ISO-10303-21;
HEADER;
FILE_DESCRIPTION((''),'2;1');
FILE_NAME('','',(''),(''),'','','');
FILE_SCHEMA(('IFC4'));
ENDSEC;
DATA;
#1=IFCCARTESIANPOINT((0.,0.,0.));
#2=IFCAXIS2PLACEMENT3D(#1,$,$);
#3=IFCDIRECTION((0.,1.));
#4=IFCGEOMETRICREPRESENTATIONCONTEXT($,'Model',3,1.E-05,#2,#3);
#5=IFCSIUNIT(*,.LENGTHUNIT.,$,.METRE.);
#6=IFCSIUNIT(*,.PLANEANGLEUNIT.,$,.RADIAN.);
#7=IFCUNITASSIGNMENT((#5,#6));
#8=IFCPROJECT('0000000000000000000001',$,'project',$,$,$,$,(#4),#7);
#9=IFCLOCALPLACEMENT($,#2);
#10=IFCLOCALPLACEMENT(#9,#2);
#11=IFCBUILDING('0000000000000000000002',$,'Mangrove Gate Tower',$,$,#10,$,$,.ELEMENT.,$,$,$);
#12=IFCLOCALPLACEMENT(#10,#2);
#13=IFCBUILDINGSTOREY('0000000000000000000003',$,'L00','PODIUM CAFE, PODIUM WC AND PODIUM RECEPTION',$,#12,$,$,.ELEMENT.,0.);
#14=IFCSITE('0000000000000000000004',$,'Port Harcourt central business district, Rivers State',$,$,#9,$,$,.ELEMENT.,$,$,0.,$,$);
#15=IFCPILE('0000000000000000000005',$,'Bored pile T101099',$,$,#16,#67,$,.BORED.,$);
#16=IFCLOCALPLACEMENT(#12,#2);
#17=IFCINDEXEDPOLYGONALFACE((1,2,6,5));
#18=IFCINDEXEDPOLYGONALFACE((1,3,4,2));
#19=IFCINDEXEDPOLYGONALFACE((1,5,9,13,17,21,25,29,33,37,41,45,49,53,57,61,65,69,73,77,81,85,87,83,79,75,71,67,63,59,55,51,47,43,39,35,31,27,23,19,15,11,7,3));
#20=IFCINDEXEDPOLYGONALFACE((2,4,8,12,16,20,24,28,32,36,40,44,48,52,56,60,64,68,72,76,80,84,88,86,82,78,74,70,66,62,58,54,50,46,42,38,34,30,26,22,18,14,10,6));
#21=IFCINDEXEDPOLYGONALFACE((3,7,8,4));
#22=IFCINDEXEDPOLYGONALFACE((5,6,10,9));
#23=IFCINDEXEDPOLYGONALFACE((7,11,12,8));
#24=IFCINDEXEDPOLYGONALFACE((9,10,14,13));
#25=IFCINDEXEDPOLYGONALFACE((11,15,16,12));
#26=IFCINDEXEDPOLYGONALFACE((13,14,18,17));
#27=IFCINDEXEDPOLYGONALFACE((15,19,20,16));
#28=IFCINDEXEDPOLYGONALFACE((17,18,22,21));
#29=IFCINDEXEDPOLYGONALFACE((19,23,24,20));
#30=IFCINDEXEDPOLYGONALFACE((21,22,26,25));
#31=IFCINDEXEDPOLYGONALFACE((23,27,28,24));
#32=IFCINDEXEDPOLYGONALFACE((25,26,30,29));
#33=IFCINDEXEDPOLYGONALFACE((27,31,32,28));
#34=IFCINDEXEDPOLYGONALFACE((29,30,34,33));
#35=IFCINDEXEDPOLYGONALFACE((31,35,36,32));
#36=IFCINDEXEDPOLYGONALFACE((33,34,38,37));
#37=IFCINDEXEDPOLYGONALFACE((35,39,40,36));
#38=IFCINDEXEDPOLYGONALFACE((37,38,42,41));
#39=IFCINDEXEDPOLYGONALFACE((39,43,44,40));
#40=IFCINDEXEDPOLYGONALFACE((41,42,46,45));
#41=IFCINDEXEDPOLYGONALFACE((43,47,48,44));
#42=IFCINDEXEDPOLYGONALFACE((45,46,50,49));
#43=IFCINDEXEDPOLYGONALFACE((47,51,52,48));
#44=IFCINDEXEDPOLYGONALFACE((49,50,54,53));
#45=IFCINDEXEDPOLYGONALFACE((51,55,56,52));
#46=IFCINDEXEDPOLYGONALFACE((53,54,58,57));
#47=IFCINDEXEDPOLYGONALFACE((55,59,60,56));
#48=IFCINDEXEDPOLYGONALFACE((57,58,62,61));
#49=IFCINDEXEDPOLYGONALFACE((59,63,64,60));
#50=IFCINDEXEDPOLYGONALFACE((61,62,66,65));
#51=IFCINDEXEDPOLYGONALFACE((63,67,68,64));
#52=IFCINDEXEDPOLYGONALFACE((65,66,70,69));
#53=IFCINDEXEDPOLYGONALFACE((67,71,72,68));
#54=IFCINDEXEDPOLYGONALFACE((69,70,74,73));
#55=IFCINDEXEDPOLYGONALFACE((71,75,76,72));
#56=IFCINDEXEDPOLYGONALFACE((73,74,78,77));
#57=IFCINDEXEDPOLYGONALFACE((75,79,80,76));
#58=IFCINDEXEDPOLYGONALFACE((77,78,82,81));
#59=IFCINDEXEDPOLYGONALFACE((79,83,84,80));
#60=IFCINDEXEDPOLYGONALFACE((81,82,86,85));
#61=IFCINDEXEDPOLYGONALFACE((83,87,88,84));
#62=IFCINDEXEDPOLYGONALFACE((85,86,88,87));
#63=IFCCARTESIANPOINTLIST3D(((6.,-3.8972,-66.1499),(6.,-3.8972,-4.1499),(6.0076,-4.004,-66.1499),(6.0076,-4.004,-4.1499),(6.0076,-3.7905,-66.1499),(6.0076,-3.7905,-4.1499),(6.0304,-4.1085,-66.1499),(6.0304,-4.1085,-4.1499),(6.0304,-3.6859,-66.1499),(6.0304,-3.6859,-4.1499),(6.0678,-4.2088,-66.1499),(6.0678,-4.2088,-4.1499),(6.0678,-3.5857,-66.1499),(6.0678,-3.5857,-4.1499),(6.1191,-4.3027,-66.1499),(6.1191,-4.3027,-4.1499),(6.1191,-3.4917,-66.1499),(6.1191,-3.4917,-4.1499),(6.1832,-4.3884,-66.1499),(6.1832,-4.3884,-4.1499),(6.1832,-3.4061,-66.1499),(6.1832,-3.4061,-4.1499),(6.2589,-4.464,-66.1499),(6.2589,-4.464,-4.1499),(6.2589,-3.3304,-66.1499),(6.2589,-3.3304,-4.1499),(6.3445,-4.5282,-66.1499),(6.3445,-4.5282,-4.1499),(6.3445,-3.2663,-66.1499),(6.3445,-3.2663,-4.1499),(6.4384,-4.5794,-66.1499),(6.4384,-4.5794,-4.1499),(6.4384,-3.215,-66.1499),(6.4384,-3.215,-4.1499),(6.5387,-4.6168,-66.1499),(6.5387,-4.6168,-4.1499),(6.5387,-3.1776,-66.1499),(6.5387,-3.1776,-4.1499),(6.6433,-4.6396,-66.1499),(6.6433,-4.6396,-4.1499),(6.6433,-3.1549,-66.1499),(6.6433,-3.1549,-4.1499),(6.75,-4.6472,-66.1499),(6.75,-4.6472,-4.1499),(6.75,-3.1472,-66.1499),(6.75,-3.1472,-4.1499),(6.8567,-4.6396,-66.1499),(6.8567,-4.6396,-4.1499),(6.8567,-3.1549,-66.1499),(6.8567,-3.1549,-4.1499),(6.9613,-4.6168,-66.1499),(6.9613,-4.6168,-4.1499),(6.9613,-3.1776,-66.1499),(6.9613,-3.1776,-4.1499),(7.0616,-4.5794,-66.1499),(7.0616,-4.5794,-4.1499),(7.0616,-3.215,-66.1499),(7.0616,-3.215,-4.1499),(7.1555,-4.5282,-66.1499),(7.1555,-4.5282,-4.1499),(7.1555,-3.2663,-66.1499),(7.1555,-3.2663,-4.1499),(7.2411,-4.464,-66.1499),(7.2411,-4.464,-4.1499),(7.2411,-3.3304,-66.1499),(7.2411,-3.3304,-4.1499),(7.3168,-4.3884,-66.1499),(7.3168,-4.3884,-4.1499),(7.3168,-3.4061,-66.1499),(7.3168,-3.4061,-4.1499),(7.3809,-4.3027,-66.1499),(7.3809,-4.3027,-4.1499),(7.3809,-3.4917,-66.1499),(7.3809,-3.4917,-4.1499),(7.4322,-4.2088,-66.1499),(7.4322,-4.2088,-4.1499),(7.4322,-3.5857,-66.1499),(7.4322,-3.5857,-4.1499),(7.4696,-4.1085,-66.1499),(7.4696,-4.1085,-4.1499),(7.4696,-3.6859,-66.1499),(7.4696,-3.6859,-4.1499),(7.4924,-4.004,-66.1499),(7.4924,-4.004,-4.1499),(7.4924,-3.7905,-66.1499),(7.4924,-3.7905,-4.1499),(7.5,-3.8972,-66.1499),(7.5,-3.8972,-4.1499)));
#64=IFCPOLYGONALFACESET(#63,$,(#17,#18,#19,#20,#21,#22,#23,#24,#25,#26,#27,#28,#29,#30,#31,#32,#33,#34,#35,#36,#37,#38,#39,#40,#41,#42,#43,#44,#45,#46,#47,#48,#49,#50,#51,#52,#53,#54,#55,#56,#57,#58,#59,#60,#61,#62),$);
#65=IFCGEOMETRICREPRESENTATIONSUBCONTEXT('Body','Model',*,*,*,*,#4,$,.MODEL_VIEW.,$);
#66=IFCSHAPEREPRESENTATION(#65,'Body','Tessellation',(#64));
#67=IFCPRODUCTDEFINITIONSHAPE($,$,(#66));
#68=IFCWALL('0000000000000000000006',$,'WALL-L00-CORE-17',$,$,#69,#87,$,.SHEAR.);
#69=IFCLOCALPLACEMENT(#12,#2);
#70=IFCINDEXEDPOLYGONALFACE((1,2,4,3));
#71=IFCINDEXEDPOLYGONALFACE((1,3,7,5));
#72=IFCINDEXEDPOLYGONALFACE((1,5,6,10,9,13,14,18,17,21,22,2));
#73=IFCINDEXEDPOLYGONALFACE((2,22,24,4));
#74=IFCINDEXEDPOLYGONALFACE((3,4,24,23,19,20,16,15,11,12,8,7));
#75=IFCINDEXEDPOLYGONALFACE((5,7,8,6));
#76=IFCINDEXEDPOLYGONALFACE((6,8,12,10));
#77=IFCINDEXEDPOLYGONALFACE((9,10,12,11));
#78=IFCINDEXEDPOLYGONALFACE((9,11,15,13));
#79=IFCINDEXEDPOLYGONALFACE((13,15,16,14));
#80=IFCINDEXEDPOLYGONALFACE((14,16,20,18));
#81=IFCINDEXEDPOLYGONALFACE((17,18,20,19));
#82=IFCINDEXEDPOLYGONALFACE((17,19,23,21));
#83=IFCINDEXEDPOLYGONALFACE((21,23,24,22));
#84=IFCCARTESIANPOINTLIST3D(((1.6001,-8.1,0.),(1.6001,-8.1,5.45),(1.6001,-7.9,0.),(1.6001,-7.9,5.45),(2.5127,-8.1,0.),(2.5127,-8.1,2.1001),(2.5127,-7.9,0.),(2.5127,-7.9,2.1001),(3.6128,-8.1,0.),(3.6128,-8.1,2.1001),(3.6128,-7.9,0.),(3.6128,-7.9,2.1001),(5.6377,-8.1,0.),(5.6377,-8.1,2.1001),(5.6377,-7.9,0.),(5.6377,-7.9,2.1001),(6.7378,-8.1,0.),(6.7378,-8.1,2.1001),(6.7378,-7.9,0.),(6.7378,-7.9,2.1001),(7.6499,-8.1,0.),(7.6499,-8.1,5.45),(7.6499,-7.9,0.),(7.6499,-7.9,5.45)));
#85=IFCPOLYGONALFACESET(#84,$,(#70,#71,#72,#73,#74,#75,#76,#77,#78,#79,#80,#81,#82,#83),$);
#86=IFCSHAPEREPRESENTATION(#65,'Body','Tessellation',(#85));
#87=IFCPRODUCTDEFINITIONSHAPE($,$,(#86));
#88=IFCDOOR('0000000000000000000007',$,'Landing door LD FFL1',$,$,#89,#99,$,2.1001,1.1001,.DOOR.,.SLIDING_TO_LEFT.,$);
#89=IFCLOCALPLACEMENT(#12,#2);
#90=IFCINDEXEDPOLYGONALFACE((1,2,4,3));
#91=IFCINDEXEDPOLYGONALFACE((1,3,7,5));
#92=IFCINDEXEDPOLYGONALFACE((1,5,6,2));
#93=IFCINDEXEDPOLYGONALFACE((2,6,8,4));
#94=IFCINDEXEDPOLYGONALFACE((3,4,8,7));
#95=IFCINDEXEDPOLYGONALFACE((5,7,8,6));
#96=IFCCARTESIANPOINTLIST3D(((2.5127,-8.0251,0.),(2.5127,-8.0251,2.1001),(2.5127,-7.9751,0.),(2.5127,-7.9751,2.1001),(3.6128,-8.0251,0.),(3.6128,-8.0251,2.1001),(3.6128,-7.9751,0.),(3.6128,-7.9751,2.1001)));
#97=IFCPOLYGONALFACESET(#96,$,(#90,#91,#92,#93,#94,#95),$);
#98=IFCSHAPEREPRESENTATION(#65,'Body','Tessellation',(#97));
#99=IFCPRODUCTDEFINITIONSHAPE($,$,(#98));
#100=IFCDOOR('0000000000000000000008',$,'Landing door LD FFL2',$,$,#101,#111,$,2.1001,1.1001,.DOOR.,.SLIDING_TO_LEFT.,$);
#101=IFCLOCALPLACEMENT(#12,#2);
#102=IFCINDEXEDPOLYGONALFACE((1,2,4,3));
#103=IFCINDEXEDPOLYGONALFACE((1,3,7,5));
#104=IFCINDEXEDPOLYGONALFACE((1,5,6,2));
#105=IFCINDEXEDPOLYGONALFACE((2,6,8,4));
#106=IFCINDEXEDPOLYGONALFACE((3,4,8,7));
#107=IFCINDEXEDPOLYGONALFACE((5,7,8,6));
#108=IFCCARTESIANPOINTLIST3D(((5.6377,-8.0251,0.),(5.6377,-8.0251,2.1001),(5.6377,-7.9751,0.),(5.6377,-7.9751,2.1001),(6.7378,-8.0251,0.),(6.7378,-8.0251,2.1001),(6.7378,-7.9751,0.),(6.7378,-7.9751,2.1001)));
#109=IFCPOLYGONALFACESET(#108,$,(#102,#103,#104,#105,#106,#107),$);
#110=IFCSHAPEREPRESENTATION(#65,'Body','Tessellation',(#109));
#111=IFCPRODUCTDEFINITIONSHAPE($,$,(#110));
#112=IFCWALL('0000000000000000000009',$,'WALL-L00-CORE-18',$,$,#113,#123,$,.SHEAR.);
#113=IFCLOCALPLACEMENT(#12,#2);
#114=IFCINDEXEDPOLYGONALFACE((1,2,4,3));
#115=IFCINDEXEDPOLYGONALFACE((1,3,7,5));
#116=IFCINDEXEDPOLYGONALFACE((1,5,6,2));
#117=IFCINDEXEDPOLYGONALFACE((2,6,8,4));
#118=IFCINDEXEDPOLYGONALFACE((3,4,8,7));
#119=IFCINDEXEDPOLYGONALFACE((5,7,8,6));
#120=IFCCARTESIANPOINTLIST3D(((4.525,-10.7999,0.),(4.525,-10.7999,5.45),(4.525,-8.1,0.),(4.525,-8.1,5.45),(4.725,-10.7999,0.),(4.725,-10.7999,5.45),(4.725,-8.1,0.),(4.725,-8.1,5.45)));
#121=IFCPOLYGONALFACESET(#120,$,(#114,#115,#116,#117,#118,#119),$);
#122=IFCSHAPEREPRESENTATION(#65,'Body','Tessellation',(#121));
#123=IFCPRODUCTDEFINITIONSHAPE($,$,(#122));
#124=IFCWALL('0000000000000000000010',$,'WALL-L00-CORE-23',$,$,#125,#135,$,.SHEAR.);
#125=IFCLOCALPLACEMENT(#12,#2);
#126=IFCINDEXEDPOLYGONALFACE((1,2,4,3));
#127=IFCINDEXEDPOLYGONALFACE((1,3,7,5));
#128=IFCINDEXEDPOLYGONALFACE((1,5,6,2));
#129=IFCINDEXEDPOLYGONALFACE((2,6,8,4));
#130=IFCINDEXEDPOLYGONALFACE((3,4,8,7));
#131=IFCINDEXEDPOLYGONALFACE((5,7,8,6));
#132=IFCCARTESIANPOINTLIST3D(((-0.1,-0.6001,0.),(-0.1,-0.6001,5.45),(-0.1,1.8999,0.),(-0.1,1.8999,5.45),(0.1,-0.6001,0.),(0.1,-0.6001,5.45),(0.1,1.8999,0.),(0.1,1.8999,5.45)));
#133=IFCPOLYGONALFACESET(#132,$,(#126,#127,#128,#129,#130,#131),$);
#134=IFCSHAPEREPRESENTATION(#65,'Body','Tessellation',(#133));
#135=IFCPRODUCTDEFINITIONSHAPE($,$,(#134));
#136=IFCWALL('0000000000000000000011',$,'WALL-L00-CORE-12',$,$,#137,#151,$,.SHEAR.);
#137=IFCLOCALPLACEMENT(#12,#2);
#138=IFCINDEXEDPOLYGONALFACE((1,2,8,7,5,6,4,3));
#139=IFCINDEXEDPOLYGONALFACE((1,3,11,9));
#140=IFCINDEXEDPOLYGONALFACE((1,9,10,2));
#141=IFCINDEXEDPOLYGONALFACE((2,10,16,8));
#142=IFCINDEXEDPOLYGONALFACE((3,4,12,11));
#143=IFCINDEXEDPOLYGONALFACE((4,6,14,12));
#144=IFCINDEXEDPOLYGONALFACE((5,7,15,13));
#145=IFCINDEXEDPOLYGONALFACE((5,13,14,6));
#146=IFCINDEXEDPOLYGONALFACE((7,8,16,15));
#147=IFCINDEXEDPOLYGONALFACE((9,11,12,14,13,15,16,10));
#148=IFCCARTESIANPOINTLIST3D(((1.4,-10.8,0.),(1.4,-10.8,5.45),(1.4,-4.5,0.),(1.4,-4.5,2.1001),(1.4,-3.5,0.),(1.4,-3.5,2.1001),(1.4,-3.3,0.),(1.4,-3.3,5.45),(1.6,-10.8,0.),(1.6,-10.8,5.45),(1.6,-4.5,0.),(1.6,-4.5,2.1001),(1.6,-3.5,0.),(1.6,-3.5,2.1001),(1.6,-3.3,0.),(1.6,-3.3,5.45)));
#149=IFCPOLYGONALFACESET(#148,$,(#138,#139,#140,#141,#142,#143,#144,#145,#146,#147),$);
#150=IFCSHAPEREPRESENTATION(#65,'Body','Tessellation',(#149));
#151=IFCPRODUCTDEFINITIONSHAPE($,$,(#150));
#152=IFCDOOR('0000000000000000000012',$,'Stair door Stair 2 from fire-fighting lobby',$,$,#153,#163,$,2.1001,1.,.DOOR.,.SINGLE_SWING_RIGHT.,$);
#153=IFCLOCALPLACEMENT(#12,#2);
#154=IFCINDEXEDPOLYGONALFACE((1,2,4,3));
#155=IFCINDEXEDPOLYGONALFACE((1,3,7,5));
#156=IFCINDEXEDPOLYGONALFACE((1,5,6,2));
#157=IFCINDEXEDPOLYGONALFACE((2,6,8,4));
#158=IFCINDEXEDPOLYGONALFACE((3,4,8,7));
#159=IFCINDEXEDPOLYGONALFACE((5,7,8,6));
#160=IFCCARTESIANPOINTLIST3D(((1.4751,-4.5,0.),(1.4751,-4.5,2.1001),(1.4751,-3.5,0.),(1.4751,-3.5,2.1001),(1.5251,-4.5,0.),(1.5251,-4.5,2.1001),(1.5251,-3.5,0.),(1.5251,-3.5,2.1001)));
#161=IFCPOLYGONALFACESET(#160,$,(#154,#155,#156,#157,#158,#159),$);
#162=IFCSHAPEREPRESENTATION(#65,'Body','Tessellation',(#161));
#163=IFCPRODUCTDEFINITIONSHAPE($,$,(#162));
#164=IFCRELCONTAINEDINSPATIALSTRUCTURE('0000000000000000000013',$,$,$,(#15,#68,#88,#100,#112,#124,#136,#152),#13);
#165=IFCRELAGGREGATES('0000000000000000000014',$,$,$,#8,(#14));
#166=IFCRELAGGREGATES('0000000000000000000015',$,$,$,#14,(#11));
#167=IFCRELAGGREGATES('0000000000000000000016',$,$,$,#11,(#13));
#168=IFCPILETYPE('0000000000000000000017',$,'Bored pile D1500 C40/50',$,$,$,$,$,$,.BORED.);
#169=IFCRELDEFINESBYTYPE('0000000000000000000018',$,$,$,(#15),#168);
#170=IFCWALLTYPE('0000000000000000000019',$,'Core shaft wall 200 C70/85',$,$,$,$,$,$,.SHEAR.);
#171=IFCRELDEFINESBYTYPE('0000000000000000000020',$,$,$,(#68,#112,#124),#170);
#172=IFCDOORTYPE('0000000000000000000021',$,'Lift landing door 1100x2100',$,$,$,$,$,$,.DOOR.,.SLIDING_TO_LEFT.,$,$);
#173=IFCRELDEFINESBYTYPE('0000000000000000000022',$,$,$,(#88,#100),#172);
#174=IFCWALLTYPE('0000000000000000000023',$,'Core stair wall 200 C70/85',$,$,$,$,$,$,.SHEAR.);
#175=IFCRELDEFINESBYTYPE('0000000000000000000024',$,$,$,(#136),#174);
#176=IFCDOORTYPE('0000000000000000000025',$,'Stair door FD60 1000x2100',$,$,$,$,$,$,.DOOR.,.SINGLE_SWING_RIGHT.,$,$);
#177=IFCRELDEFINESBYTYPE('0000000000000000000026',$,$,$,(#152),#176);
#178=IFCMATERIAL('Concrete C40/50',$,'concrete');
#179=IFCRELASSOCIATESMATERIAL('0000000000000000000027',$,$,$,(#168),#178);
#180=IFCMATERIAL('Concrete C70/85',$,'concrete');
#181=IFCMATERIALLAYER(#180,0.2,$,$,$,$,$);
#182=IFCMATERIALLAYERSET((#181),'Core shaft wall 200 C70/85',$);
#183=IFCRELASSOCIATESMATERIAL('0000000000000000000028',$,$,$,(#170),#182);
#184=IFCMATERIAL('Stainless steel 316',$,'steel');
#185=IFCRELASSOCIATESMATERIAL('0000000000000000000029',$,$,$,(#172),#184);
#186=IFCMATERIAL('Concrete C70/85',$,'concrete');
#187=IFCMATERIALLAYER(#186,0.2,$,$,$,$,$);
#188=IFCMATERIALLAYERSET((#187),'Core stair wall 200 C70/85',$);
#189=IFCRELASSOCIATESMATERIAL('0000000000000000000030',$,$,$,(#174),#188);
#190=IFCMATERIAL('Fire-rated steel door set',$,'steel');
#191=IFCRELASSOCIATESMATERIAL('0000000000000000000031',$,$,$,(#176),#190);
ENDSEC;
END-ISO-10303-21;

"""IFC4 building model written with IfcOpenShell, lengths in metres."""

from ifc_helpers import new_model, si_unit, direction, frame, frame_2d, origin, origin_2d, place, context, subcontext, project, spatial, rectangle, circle, extrude, material, layer, layer_set, material_profile, profile_set, type_object, element, fill, save


model = new_model("IFC4")

# Units and contexts
model_context = context("Model", 3, precision=1e-05, world=origin(), true_north=direction((0.0, 1.0)))
body_context = subcontext(model_context, "Body", "Model", "MODEL_VIEW")
ifc_project = project(units=[si_unit("LENGTHUNIT", "METRE"), si_unit("PLANEANGLEUNIT", "RADIAN")], contexts=[model_context])

# Site, building, storey
site_placement = place(None, origin())
site = spatial("IfcSite", under=ifc_project, at=site_placement, Name="Port Harcourt central business district, Rivers State", CompositionType="ELEMENT", RefElevation=0.0)
building_placement = place(site_placement, origin())
building = spatial("IfcBuilding", under=site, at=building_placement, Name="Mangrove Gate Tower", CompositionType="ELEMENT")
storey_placement = place(building_placement, origin())
storey = spatial("IfcBuildingStorey", under=building, at=storey_placement, Name="L00", Description="PODIUM CAFE, PODIUM WC AND PODIUM RECEPTION", CompositionType="ELEMENT", Elevation=0.0)

# Pile
ifc_material_1 = material(Name="Concrete C40/50", Category="concrete")
ifc_material_profile = material_profile(ifc_material_1, circle(Radius=0.75, at=origin_2d()))
ifc_profile_set = profile_set([ifc_material_profile], Name="Concrete C40/50")
pile_type = type_object("IfcPileType", Name="Bored pile D1500 C40/50", PredefinedType="BORED", material=ifc_profile_set)
for number, where, z_axis, x_axis, name in (
    (1, (6.75, -3.8972, -4.1499), (0.0, 0.0, -1.0), (1.0, 0.0, 0.0), "Bored pile T101099"),
):
    element("IfcPile", number, at=place(storey_placement, frame(where, z_axis=z_axis, x_axis=x_axis)), inside=storey, type_object=pile_type, Name=name, PredefinedType="BORED", context=body_context, shape_type="SweptSolid", body=[
        extrude(circle(Radius=0.75, at=origin_2d()), origin(), (0.0, 0.0, 1.0), 62.0),
    ])

# Wall, openings, doors
ifc_material_2 = material(Name="Concrete C70/85", Category="concrete")
ifc_layer_1 = layer(ifc_material_2, 0.2)
ifc_layer_set_1 = layer_set([ifc_layer_1], Name="Core shaft wall 200 C70/85")
wall_type_1 = type_object("IfcWallType", Name="Core shaft wall 200 C70/85", PredefinedType="SHEAR", material=ifc_layer_set_1)
wall_1_placement = place(storey_placement, frame((1.6001, -8.0, 0.0), z_axis=(0.0, 0.0, 1.0), x_axis=(1.0, 0.0, 0.0)))
wall_1 = element("IfcWall", 2, at=wall_1_placement, inside=storey, type_object=wall_type_1, Name="WALL-L00-CORE-17", PredefinedType="SHEAR", context=body_context, shape_type="SweptSolid", body=[
    extrude(rectangle(XDim=6.0498, YDim=0.2, at=frame_2d((3.0249, 0.0))), origin(), (0.0, 0.0, 1.0), 5.45),
])
opening_1_placement = place(wall_1_placement, frame((0.9126, 0.0, 0.0)))
opening_1 = element("IfcOpeningElement", 3, at=opening_1_placement, cuts=wall_1, PredefinedType="OPENING", context=body_context, shape_type="SweptSolid", body=[
    extrude(rectangle(XDim=1.1001, YDim=2.1001, at=frame_2d((0.55, 1.05))), frame((0.0, 0.1099, 0.0), z_axis=(0.0, -1.0, 0.0), x_axis=(1.0, 0.0, 0.0)), (0.0, 0.0, 1.0), 0.22),
])
opening_2_placement = place(wall_1_placement, frame((4.0376, 0.0, 0.0)))
opening_2 = element("IfcOpeningElement", 4, at=opening_2_placement, cuts=wall_1, PredefinedType="OPENING", context=body_context, shape_type="SweptSolid", body=[
    extrude(rectangle(XDim=1.1001, YDim=2.1001, at=frame_2d((0.55, 1.05))), frame((0.0, 0.1099, 0.0), z_axis=(0.0, -1.0, 0.0), x_axis=(1.0, 0.0, 0.0)), (0.0, 0.0, 1.0), 0.22),
])
ifc_material_3 = material(Name="Stainless steel 316", Category="steel")
door_type_1 = type_object("IfcDoorType", Name="Lift landing door 1100x2100", OperationType="SLIDING_TO_LEFT", PredefinedType="DOOR", material=ifc_material_3)
door_1_placement = place(opening_1_placement, origin())
door_1 = element("IfcDoor", 5, at=door_1_placement, inside=storey, type_object=door_type_1, Name="Landing door LD FFL1", OperationType="SLIDING_TO_LEFT", OverallHeight=2.1001, OverallWidth=1.1001, PredefinedType="DOOR", context=body_context, shape_type="SweptSolid", body=[
    extrude(rectangle(XDim=1.1001, YDim=2.1001, at=frame_2d((0.55, 1.05))), frame((0.0, 0.0249, 0.0), z_axis=(0.0, -1.0, 0.0), x_axis=(1.0, 0.0, 0.0)), (0.0, 0.0, 1.0), 0.05),
])
fill(opening_1, door_1)
door_2_placement = place(opening_2_placement, origin())
door_2 = element("IfcDoor", 6, at=door_2_placement, inside=storey, type_object=door_type_1, Name="Landing door LD FFL2", OperationType="SLIDING_TO_LEFT", OverallHeight=2.1001, OverallWidth=1.1001, PredefinedType="DOOR", context=body_context, shape_type="SweptSolid", body=[
    extrude(rectangle(XDim=1.1001, YDim=2.1001, at=frame_2d((0.55, 1.05))), frame((0.0, 0.0249, 0.0), z_axis=(0.0, -1.0, 0.0), x_axis=(1.0, 0.0, 0.0)), (0.0, 0.0, 1.0), 0.05),
])
fill(opening_2, door_2)

# Walls
wall_2_placement = place(storey_placement, frame((4.625, -10.8, 0.0), z_axis=(0.0, 0.0, 1.0), x_axis=(0.0, 1.0, 0.0)))
element("IfcWall", 7, at=wall_2_placement, inside=storey, type_object=wall_type_1, Name="WALL-L00-CORE-18", PredefinedType="SHEAR", context=body_context, shape_type="SweptSolid", body=[
    extrude(rectangle(XDim=2.7, YDim=0.2, at=frame_2d((1.3501, 0.0))), origin(), (0.0, 0.0, 1.0), 5.45),
])
wall_3_placement = place(storey_placement, frame((0.0, -0.6001, 0.0), z_axis=(0.0, 0.0, 1.0), x_axis=(0.0, 1.0, 0.0)))
element("IfcWall", 8, at=wall_3_placement, inside=storey, type_object=wall_type_1, Name="WALL-L00-CORE-23", PredefinedType="SHEAR", context=body_context, shape_type="SweptSolid", body=[
    extrude(rectangle(XDim=2.5, YDim=0.2, at=frame_2d((1.25, 0.0))), origin(), (0.0, 0.0, 1.0), 5.45),
])

# Wall, opening, door
ifc_material_4 = material(Name="Concrete C70/85", Category="concrete")
ifc_layer_2 = layer(ifc_material_4, 0.2)
ifc_layer_set_2 = layer_set([ifc_layer_2], Name="Core stair wall 200 C70/85")
wall_type_2 = type_object("IfcWallType", Name="Core stair wall 200 C70/85", PredefinedType="SHEAR", material=ifc_layer_set_2)
wall_4_placement = place(storey_placement, frame((1.5, -10.8, 0.0), z_axis=(0.0, 0.0, 1.0), x_axis=(0.0, 1.0, 0.0)))
wall_4 = element("IfcWall", 9, at=wall_4_placement, inside=storey, type_object=wall_type_2, Name="WALL-L00-CORE-12", PredefinedType="SHEAR", context=body_context, shape_type="SweptSolid", body=[
    extrude(rectangle(XDim=7.5, YDim=0.2, at=frame_2d((3.75, 0.0))), origin(), (0.0, 0.0, 1.0), 5.45),
])
opening_3_placement = place(wall_4_placement, frame((6.3, 0.0, 0.0)))
opening_3 = element("IfcOpeningElement", 10, at=opening_3_placement, cuts=wall_4, PredefinedType="OPENING", context=body_context, shape_type="SweptSolid", body=[
    extrude(rectangle(XDim=1.0, YDim=2.1001, at=frame_2d((0.5, 1.05))), frame((0.0, 0.1099, 0.0), z_axis=(0.0, -1.0, 0.0), x_axis=(1.0, 0.0, 0.0)), (0.0, 0.0, 1.0), 0.22),
])
ifc_material_5 = material(Name="Fire-rated steel door set", Category="steel")
door_type_2 = type_object("IfcDoorType", Name="Stair door FD60 1000x2100", OperationType="SINGLE_SWING_RIGHT", PredefinedType="DOOR", material=ifc_material_5)
door_3_placement = place(opening_3_placement, origin())
door_3 = element("IfcDoor", 11, at=door_3_placement, inside=storey, type_object=door_type_2, Name="Stair door Stair 2 from fire-fighting lobby", OperationType="SINGLE_SWING_RIGHT", OverallHeight=2.1001, OverallWidth=1.0, PredefinedType="DOOR", context=body_context, shape_type="SweptSolid", body=[
    extrude(rectangle(XDim=1.0, YDim=2.1001, at=frame_2d((0.5, 1.05))), frame((0.0, 0.0249, 0.0), z_axis=(0.0, -1.0, 0.0), x_axis=(1.0, 0.0, 0.0)), (0.0, 0.0, 1.0), 0.05),
])
fill(opening_3, door_3)

save(model, "model.ifc")
